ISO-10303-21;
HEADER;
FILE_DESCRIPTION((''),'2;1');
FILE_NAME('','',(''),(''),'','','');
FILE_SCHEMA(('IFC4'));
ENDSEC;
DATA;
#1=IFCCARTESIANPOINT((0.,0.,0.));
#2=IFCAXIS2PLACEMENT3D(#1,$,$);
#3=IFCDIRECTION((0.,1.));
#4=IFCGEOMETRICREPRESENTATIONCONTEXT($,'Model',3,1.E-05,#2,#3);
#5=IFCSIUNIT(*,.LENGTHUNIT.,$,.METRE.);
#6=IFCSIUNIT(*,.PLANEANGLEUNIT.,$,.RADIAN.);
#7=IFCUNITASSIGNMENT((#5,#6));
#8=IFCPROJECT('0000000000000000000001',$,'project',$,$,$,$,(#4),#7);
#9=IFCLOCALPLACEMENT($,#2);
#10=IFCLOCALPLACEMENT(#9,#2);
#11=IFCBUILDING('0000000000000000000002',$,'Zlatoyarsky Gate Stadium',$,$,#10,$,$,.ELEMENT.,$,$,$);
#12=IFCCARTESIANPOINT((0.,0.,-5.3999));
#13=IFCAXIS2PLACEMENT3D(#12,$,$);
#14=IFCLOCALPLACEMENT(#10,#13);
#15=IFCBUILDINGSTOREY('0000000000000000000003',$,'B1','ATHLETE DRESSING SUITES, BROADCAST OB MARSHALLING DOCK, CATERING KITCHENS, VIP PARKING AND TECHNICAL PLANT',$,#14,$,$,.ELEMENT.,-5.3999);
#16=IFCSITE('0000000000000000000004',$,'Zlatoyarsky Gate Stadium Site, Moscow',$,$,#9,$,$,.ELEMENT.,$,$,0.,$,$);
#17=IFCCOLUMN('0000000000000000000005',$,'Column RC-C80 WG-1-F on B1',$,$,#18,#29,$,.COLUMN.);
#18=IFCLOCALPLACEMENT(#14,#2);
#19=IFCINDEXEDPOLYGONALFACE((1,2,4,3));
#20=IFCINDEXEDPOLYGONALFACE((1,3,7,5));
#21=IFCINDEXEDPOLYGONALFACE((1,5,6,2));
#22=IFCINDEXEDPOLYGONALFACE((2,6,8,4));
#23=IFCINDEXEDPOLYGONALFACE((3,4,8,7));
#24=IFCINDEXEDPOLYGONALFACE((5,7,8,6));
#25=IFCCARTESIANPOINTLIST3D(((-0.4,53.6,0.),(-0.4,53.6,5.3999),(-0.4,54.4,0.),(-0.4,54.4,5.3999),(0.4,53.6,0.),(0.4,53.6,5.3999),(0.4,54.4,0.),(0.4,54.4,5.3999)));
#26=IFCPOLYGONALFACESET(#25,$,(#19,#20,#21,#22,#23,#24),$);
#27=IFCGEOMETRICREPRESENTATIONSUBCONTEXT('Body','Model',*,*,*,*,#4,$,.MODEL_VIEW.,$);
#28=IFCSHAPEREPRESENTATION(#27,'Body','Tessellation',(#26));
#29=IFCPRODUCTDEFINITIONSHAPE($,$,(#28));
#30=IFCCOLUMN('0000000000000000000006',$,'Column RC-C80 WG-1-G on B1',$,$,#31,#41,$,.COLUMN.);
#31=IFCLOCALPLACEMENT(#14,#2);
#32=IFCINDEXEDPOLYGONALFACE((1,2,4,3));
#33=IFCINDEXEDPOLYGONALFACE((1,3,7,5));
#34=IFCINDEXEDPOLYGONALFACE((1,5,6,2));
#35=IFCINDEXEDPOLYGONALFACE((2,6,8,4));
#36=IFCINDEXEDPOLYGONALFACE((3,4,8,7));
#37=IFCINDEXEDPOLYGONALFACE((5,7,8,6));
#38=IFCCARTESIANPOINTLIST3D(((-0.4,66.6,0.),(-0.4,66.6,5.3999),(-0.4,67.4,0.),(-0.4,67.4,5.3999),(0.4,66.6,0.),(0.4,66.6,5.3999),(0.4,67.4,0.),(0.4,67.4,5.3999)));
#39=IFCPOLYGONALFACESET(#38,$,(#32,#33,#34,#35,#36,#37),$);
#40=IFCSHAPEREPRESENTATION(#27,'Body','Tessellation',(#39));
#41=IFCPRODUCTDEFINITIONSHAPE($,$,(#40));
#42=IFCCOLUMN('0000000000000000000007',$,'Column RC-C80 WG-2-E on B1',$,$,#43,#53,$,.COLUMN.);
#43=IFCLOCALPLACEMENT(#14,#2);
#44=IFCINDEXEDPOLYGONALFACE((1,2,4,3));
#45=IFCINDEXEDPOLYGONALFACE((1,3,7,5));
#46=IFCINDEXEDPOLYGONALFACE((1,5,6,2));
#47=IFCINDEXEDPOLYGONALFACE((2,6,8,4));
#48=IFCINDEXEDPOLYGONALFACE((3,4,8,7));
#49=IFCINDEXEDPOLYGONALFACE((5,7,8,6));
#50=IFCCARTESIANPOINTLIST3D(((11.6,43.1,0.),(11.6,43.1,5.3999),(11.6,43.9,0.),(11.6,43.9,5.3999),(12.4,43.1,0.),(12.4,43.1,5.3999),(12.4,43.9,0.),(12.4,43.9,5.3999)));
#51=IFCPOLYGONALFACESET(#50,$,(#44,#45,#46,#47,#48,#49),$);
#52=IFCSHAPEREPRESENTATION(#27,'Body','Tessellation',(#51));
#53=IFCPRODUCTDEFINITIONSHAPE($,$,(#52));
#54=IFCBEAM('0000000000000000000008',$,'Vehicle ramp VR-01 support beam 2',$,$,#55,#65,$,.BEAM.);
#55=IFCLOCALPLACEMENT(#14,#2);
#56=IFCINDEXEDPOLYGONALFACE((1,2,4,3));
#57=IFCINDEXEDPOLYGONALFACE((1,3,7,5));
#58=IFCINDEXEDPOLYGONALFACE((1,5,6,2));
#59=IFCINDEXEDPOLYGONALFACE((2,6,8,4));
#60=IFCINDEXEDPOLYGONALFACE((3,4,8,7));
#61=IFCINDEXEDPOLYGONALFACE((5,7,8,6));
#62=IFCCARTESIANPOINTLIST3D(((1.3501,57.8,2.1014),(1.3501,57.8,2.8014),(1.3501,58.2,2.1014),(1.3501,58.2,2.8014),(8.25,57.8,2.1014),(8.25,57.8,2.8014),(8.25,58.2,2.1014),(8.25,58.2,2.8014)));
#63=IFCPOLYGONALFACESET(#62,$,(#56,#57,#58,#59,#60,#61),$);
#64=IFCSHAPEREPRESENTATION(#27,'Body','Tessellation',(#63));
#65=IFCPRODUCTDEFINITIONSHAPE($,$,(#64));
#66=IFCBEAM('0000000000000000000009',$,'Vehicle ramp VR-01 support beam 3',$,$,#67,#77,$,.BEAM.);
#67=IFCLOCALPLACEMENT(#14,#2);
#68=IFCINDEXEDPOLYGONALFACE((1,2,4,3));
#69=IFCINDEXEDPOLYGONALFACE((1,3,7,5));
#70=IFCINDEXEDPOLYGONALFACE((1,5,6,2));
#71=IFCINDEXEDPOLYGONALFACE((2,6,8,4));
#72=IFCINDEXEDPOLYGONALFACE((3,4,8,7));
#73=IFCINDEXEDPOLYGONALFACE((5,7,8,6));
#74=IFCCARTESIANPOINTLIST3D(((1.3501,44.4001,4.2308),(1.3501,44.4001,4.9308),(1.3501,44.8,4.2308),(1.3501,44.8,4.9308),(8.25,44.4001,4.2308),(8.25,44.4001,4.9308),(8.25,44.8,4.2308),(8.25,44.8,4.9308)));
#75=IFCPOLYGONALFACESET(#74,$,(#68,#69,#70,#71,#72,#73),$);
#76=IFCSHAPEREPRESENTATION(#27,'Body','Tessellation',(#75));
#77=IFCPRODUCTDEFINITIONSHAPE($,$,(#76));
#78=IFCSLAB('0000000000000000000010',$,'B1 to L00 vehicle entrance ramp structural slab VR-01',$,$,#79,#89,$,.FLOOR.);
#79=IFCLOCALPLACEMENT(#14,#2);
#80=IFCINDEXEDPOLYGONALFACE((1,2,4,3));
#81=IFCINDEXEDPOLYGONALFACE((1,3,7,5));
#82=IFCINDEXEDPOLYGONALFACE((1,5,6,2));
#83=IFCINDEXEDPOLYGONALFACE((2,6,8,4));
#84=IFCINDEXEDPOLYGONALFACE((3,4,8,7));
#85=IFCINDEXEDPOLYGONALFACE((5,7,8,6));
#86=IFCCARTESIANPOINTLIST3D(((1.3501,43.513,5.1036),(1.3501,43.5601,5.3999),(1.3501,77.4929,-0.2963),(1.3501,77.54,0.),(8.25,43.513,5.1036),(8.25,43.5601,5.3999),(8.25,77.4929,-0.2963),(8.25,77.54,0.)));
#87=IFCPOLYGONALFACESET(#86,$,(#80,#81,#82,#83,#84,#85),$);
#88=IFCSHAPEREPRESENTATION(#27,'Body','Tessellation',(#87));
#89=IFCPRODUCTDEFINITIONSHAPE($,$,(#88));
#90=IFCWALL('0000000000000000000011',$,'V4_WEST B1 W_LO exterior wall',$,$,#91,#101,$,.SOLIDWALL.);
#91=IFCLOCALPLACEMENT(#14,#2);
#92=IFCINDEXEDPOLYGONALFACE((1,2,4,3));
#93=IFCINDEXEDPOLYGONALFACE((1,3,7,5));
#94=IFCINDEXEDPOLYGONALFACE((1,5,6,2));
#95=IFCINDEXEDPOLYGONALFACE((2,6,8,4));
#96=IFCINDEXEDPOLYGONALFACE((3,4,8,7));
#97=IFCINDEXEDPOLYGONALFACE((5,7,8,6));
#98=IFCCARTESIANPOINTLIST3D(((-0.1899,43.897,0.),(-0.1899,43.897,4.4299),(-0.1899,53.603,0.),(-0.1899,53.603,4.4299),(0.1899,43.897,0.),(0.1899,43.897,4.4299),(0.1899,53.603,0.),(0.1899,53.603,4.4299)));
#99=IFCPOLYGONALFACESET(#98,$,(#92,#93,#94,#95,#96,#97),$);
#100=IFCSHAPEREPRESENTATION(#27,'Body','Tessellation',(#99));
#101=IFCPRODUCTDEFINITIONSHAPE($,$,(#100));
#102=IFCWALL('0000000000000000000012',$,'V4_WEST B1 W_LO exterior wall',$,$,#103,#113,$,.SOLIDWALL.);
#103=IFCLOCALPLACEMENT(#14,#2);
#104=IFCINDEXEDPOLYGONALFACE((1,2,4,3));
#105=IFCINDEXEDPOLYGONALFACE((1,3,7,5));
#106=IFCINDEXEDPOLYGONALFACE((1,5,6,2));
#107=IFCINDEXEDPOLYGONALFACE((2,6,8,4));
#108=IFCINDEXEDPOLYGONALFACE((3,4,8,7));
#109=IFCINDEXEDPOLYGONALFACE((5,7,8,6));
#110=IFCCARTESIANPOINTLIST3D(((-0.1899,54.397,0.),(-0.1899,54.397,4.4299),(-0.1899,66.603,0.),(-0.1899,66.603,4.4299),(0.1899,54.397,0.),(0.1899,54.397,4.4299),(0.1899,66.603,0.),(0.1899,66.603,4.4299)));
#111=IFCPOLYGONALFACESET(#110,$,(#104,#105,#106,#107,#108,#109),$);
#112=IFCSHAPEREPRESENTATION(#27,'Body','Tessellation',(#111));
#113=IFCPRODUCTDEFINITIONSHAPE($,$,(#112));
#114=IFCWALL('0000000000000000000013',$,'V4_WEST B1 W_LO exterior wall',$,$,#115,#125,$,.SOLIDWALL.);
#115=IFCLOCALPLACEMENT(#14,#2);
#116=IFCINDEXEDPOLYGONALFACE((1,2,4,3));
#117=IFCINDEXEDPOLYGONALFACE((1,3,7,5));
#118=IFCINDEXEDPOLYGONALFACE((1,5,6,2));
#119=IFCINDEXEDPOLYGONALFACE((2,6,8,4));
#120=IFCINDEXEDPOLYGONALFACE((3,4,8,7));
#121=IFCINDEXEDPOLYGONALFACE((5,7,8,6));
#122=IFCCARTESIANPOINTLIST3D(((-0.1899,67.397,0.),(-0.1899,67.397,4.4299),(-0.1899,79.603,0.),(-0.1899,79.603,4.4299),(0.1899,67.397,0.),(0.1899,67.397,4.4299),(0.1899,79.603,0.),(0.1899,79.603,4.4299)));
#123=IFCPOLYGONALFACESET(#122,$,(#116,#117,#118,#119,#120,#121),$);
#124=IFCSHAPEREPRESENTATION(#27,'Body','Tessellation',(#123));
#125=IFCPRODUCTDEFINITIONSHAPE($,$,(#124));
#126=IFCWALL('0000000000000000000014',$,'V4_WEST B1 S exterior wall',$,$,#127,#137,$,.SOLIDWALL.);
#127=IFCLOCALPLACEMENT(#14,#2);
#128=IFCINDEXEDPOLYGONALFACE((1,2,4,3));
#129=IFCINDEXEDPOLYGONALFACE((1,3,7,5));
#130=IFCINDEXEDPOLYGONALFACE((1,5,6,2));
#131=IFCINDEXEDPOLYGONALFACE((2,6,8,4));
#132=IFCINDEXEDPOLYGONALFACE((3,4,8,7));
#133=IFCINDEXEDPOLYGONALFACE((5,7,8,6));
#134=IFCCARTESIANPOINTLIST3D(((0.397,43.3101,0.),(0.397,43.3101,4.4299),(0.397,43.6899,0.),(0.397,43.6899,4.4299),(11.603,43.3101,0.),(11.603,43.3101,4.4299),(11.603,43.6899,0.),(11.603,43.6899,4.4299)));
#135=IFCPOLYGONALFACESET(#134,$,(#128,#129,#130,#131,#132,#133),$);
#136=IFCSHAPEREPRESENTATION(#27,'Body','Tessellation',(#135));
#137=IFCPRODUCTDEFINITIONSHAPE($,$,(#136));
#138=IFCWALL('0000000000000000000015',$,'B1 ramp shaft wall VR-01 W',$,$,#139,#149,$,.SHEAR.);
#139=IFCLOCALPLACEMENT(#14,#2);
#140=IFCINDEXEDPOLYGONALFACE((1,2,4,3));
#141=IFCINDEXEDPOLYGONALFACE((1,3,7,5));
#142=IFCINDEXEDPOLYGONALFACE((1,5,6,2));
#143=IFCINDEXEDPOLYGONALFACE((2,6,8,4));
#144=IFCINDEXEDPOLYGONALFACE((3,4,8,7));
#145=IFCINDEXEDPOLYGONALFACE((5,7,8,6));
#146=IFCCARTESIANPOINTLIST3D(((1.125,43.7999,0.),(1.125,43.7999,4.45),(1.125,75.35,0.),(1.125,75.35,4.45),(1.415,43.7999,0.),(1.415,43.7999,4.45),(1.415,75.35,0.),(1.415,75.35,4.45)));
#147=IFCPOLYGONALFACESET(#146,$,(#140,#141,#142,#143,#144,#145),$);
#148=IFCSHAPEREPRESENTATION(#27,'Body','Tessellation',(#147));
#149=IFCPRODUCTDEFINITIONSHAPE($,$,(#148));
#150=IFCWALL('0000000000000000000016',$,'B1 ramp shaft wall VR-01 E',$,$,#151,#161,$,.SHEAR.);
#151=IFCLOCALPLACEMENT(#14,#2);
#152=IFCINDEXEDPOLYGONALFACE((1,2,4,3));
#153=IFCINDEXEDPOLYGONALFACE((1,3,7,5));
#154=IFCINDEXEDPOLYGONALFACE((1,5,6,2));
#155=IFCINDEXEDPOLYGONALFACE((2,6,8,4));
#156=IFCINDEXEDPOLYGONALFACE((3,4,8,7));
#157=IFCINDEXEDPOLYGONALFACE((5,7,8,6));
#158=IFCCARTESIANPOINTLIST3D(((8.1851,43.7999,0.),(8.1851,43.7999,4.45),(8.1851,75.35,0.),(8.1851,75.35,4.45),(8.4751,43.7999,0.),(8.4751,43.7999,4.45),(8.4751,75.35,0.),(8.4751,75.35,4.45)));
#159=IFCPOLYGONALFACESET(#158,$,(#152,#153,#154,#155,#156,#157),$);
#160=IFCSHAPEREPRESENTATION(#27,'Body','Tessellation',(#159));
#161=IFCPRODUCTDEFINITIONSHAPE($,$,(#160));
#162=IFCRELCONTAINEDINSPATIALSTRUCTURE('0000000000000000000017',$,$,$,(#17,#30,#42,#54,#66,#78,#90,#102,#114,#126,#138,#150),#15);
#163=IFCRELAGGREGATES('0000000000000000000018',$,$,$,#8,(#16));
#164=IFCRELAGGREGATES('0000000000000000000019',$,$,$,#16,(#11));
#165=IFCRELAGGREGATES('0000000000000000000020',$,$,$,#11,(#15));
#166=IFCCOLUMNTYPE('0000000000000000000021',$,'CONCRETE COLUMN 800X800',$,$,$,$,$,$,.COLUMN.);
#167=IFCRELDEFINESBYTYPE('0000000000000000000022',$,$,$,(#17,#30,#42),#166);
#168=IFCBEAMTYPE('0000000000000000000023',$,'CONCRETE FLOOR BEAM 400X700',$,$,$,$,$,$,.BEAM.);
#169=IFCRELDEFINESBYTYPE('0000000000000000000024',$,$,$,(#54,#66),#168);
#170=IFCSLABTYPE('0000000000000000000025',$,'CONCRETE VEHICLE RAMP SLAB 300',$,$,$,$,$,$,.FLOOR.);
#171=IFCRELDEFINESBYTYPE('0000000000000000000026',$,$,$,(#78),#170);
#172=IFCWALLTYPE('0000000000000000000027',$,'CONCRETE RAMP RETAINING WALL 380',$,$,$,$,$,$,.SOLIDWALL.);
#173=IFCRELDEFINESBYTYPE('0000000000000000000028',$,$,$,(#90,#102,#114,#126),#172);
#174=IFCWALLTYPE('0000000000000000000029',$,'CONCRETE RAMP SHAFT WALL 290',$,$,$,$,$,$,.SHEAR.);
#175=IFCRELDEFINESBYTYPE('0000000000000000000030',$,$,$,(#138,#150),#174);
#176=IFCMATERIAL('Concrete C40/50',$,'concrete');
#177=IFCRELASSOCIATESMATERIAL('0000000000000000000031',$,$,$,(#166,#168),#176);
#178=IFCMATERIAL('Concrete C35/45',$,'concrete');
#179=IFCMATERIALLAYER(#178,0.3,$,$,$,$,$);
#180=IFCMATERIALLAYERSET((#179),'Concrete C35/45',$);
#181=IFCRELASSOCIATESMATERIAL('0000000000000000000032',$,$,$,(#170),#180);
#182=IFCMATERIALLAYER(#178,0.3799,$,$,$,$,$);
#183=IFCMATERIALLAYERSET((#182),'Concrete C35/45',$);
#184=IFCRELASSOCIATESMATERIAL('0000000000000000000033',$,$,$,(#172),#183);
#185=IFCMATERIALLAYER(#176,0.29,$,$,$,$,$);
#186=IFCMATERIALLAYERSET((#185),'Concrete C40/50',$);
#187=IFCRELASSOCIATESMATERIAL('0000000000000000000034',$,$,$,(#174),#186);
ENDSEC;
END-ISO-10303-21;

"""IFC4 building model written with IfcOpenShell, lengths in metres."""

from ifc_helpers import new_model, si_unit, direction, frame, frame_2d, origin, origin_2d, place, context, subcontext, project, spatial, polyline, rectangle, outline, extrude, material, layer, layer_set, material_profile, profile_set, type_object, element, save


model = new_model("IFC4")

# Units and contexts
model_context = context("Model", 3, precision=1e-05, world=origin(), true_north=direction((0.0, 1.0)))
body_context = subcontext(model_context, "Body", "Model", "MODEL_VIEW")
ifc_project = project(units=[si_unit("LENGTHUNIT", "METRE"), si_unit("PLANEANGLEUNIT", "RADIAN")], contexts=[model_context])

# Site, building, storey
site_placement = place(None, origin())
site = spatial("IfcSite", under=ifc_project, at=site_placement, Name="Zlatoyarsky Gate Stadium Site, Moscow", CompositionType="ELEMENT", RefElevation=0.0)
building_placement = place(site_placement, origin())
building = spatial("IfcBuilding", under=site, at=building_placement, Name="Zlatoyarsky Gate Stadium", CompositionType="ELEMENT")
storey_placement = place(building_placement, frame((0.0, 0.0, -5.3999)))
storey = spatial("IfcBuildingStorey", under=building, at=storey_placement, Name="B1", Description="ATHLETE DRESSING SUITES, BROADCAST OB MARSHALLING DOCK, CATERING KITCHENS, VIP PARKING AND TECHNICAL PLANT", CompositionType="ELEMENT", Elevation=-5.3999)

# Shared definitions
ifc_material_1 = material(Name="Concrete C35/45", Category="concrete")

# Columns
ifc_material_2 = material(Name="Concrete C40/50", Category="concrete")
ifc_material_profile_1 = material_profile(ifc_material_2, rectangle(XDim=0.8, YDim=0.8, at=origin_2d()), Name="RC COL 800X800")
ifc_profile_set_1 = profile_set([ifc_material_profile_1], Name="Concrete C40/50")
column_type = type_object("IfcColumnType", Name="CONCRETE COLUMN 800X800", PredefinedType="COLUMN", material=ifc_profile_set_1)
for number, where, z_axis, x_axis, name in (
    (1, (0.0, 54.0, 0.0), (0.0, 0.0, 1.0), (1.0, 0.0, 0.0), "Column RC-C80 WG-1-F on B1"),
    (2, (0.0, 67.0, 0.0), (0.0, 0.0, 1.0), (1.0, 0.0, 0.0), "Column RC-C80 WG-1-G on B1"),
    (3, (12.0, 43.5, 0.0), (0.0, 0.0, 1.0), (1.0, 0.0, 0.0), "Column RC-C80 WG-2-E on B1"),
):
    element("IfcColumn", number, at=place(storey_placement, frame(where, z_axis=z_axis, x_axis=x_axis)), inside=storey, type_object=column_type, Name=name, PredefinedType="COLUMN", context=body_context, shape_type="SweptSolid", body=[
        extrude(rectangle(XDim=0.8, YDim=0.8, at=origin_2d()), origin(), (0.0, 0.0, 1.0), 5.3999),
    ])

# Beams
ifc_material_profile_2 = material_profile(ifc_material_2, rectangle(XDim=0.3999, YDim=0.7, at=origin_2d()), Name="RC BEAM 400X700")
ifc_profile_set_2 = profile_set([ifc_material_profile_2], Name="Concrete C40/50")
beam_type = type_object("IfcBeamType", Name="CONCRETE FLOOR BEAM 400X700", PredefinedType="BEAM", material=ifc_profile_set_2)
for number, where, z_axis, x_axis, name in (
    (4, (1.3501, 58.0, 2.4514), (1.0, 0.0, 0.0), (0.0, 1.0, 0.0), "Vehicle ramp VR-01 support beam 2"),
    (5, (1.3501, 44.6001, 4.5808), (1.0, 0.0, 0.0), (0.0, 1.0, 0.0), "Vehicle ramp VR-01 support beam 3"),
):
    element("IfcBeam", number, at=place(storey_placement, frame(where, z_axis=z_axis, x_axis=x_axis)), inside=storey, type_object=beam_type, Name=name, PredefinedType="BEAM", context=body_context, shape_type="SweptSolid", body=[
        extrude(rectangle(XDim=0.3999, YDim=0.7, at=origin_2d()), origin(), (0.0, 0.0, 1.0), 6.8999),
    ])

# Slab
ifc_layer_1 = layer(ifc_material_1, 0.3)
ifc_layer_set_1 = layer_set([ifc_layer_1], Name="Concrete C35/45")
slab_type = type_object("IfcSlabType", Name="CONCRETE VEHICLE RAMP SLAB 300", PredefinedType="FLOOR", material=ifc_layer_set_1)
slab_placement = place(storey_placement, frame((1.3501, 43.5601, 5.3999), z_axis=(0.0, 0.156945, 0.987607), x_axis=(1.0, 0.0, 0.0)))
element("IfcSlab", 6, at=slab_placement, inside=storey, type_object=slab_type, Name="B1 to L00 vehicle entrance ramp structural slab VR-01", PredefinedType="FLOOR", context=body_context, shape_type="SweptSolid", body=[
    extrude(outline(polyline([(0.0, 0.0), (6.8999, 0.0), (6.8999, 34.4064), (0.0, 34.4064), (0.0, 0.0)])), origin(), (0.0, 0.0, -1.0), 0.3),
])

# Walls
ifc_layer_2 = layer(ifc_material_1, 0.3799)
ifc_layer_set_2 = layer_set([ifc_layer_2], Name="Concrete C35/45")
wall_type_1 = type_object("IfcWallType", Name="CONCRETE RAMP RETAINING WALL 380", PredefinedType="SOLIDWALL", material=ifc_layer_set_2)
wall_1_placement = place(storey_placement, frame((0.0, 43.897, 0.0), z_axis=(0.0, 0.0, 1.0), x_axis=(0.0, 1.0, 0.0)))
element("IfcWall", 7, at=wall_1_placement, inside=storey, type_object=wall_type_1, Name="V4_WEST B1 W_LO exterior wall", PredefinedType="SOLIDWALL", context=body_context, shape_type="SweptSolid", body=[
    extrude(rectangle(XDim=9.7061, YDim=0.3799, at=frame_2d((4.853, 0.0))), origin(), (0.0, 0.0, 1.0), 4.4299),
])
for number, where, z_axis, x_axis, name in (
    (8, (0.0, 54.397, 0.0), (0.0, 0.0, 1.0), (0.0, 1.0, 0.0), "V4_WEST B1 W_LO exterior wall"),
    (9, (0.0, 67.397, 0.0), (0.0, 0.0, 1.0), (0.0, 1.0, 0.0), "V4_WEST B1 W_LO exterior wall"),
):
    element("IfcWall", number, at=place(storey_placement, frame(where, z_axis=z_axis, x_axis=x_axis)), inside=storey, type_object=wall_type_1, Name=name, PredefinedType="SOLIDWALL", context=body_context, shape_type="SweptSolid", body=[
        extrude(rectangle(XDim=12.2061, YDim=0.3799, at=frame_2d((6.103, 0.0))), origin(), (0.0, 0.0, 1.0), 4.4299),
    ])
wall_2_placement = place(storey_placement, frame((0.397, 43.5, 0.0), z_axis=(0.0, 0.0, 1.0), x_axis=(1.0, 0.0, 0.0)))
element("IfcWall", 10, at=wall_2_placement, inside=storey, type_object=wall_type_1, Name="V4_WEST B1 S exterior wall", PredefinedType="SOLIDWALL", context=body_context, shape_type="SweptSolid", body=[
    extrude(rectangle(XDim=11.2061, YDim=0.3799, at=frame_2d((5.603, 0.0))), origin(), (0.0, 0.0, 1.0), 4.4299),
])
ifc_layer_3 = layer(ifc_material_2, 0.29)
ifc_layer_set_3 = layer_set([ifc_layer_3], Name="Concrete C40/50")
wall_type_2 = type_object("IfcWallType", Name="CONCRETE RAMP SHAFT WALL 290", PredefinedType="SHEAR", material=ifc_layer_set_3)
for number, where, z_axis, x_axis, name in (
    (11, (1.27, 43.8, 0.0), (0.0, 0.0, 1.0), (0.0, 1.0, 0.0), "B1 ramp shaft wall VR-01 W"),
    (12, (8.3301, 43.8, 0.0), (0.0, 0.0, 1.0), (0.0, 1.0, 0.0), "B1 ramp shaft wall VR-01 E"),
):
    element("IfcWall", number, at=place(storey_placement, frame(where, z_axis=z_axis, x_axis=x_axis)), inside=storey, type_object=wall_type_2, Name=name, PredefinedType="SHEAR", context=body_context, shape_type="SweptSolid", body=[
        extrude(rectangle(XDim=31.55, YDim=0.29, at=frame_2d((15.7749, 0.0))), origin(), (0.0, 0.0, 1.0), 4.45),
    ])

save(model, "model.ifc")
